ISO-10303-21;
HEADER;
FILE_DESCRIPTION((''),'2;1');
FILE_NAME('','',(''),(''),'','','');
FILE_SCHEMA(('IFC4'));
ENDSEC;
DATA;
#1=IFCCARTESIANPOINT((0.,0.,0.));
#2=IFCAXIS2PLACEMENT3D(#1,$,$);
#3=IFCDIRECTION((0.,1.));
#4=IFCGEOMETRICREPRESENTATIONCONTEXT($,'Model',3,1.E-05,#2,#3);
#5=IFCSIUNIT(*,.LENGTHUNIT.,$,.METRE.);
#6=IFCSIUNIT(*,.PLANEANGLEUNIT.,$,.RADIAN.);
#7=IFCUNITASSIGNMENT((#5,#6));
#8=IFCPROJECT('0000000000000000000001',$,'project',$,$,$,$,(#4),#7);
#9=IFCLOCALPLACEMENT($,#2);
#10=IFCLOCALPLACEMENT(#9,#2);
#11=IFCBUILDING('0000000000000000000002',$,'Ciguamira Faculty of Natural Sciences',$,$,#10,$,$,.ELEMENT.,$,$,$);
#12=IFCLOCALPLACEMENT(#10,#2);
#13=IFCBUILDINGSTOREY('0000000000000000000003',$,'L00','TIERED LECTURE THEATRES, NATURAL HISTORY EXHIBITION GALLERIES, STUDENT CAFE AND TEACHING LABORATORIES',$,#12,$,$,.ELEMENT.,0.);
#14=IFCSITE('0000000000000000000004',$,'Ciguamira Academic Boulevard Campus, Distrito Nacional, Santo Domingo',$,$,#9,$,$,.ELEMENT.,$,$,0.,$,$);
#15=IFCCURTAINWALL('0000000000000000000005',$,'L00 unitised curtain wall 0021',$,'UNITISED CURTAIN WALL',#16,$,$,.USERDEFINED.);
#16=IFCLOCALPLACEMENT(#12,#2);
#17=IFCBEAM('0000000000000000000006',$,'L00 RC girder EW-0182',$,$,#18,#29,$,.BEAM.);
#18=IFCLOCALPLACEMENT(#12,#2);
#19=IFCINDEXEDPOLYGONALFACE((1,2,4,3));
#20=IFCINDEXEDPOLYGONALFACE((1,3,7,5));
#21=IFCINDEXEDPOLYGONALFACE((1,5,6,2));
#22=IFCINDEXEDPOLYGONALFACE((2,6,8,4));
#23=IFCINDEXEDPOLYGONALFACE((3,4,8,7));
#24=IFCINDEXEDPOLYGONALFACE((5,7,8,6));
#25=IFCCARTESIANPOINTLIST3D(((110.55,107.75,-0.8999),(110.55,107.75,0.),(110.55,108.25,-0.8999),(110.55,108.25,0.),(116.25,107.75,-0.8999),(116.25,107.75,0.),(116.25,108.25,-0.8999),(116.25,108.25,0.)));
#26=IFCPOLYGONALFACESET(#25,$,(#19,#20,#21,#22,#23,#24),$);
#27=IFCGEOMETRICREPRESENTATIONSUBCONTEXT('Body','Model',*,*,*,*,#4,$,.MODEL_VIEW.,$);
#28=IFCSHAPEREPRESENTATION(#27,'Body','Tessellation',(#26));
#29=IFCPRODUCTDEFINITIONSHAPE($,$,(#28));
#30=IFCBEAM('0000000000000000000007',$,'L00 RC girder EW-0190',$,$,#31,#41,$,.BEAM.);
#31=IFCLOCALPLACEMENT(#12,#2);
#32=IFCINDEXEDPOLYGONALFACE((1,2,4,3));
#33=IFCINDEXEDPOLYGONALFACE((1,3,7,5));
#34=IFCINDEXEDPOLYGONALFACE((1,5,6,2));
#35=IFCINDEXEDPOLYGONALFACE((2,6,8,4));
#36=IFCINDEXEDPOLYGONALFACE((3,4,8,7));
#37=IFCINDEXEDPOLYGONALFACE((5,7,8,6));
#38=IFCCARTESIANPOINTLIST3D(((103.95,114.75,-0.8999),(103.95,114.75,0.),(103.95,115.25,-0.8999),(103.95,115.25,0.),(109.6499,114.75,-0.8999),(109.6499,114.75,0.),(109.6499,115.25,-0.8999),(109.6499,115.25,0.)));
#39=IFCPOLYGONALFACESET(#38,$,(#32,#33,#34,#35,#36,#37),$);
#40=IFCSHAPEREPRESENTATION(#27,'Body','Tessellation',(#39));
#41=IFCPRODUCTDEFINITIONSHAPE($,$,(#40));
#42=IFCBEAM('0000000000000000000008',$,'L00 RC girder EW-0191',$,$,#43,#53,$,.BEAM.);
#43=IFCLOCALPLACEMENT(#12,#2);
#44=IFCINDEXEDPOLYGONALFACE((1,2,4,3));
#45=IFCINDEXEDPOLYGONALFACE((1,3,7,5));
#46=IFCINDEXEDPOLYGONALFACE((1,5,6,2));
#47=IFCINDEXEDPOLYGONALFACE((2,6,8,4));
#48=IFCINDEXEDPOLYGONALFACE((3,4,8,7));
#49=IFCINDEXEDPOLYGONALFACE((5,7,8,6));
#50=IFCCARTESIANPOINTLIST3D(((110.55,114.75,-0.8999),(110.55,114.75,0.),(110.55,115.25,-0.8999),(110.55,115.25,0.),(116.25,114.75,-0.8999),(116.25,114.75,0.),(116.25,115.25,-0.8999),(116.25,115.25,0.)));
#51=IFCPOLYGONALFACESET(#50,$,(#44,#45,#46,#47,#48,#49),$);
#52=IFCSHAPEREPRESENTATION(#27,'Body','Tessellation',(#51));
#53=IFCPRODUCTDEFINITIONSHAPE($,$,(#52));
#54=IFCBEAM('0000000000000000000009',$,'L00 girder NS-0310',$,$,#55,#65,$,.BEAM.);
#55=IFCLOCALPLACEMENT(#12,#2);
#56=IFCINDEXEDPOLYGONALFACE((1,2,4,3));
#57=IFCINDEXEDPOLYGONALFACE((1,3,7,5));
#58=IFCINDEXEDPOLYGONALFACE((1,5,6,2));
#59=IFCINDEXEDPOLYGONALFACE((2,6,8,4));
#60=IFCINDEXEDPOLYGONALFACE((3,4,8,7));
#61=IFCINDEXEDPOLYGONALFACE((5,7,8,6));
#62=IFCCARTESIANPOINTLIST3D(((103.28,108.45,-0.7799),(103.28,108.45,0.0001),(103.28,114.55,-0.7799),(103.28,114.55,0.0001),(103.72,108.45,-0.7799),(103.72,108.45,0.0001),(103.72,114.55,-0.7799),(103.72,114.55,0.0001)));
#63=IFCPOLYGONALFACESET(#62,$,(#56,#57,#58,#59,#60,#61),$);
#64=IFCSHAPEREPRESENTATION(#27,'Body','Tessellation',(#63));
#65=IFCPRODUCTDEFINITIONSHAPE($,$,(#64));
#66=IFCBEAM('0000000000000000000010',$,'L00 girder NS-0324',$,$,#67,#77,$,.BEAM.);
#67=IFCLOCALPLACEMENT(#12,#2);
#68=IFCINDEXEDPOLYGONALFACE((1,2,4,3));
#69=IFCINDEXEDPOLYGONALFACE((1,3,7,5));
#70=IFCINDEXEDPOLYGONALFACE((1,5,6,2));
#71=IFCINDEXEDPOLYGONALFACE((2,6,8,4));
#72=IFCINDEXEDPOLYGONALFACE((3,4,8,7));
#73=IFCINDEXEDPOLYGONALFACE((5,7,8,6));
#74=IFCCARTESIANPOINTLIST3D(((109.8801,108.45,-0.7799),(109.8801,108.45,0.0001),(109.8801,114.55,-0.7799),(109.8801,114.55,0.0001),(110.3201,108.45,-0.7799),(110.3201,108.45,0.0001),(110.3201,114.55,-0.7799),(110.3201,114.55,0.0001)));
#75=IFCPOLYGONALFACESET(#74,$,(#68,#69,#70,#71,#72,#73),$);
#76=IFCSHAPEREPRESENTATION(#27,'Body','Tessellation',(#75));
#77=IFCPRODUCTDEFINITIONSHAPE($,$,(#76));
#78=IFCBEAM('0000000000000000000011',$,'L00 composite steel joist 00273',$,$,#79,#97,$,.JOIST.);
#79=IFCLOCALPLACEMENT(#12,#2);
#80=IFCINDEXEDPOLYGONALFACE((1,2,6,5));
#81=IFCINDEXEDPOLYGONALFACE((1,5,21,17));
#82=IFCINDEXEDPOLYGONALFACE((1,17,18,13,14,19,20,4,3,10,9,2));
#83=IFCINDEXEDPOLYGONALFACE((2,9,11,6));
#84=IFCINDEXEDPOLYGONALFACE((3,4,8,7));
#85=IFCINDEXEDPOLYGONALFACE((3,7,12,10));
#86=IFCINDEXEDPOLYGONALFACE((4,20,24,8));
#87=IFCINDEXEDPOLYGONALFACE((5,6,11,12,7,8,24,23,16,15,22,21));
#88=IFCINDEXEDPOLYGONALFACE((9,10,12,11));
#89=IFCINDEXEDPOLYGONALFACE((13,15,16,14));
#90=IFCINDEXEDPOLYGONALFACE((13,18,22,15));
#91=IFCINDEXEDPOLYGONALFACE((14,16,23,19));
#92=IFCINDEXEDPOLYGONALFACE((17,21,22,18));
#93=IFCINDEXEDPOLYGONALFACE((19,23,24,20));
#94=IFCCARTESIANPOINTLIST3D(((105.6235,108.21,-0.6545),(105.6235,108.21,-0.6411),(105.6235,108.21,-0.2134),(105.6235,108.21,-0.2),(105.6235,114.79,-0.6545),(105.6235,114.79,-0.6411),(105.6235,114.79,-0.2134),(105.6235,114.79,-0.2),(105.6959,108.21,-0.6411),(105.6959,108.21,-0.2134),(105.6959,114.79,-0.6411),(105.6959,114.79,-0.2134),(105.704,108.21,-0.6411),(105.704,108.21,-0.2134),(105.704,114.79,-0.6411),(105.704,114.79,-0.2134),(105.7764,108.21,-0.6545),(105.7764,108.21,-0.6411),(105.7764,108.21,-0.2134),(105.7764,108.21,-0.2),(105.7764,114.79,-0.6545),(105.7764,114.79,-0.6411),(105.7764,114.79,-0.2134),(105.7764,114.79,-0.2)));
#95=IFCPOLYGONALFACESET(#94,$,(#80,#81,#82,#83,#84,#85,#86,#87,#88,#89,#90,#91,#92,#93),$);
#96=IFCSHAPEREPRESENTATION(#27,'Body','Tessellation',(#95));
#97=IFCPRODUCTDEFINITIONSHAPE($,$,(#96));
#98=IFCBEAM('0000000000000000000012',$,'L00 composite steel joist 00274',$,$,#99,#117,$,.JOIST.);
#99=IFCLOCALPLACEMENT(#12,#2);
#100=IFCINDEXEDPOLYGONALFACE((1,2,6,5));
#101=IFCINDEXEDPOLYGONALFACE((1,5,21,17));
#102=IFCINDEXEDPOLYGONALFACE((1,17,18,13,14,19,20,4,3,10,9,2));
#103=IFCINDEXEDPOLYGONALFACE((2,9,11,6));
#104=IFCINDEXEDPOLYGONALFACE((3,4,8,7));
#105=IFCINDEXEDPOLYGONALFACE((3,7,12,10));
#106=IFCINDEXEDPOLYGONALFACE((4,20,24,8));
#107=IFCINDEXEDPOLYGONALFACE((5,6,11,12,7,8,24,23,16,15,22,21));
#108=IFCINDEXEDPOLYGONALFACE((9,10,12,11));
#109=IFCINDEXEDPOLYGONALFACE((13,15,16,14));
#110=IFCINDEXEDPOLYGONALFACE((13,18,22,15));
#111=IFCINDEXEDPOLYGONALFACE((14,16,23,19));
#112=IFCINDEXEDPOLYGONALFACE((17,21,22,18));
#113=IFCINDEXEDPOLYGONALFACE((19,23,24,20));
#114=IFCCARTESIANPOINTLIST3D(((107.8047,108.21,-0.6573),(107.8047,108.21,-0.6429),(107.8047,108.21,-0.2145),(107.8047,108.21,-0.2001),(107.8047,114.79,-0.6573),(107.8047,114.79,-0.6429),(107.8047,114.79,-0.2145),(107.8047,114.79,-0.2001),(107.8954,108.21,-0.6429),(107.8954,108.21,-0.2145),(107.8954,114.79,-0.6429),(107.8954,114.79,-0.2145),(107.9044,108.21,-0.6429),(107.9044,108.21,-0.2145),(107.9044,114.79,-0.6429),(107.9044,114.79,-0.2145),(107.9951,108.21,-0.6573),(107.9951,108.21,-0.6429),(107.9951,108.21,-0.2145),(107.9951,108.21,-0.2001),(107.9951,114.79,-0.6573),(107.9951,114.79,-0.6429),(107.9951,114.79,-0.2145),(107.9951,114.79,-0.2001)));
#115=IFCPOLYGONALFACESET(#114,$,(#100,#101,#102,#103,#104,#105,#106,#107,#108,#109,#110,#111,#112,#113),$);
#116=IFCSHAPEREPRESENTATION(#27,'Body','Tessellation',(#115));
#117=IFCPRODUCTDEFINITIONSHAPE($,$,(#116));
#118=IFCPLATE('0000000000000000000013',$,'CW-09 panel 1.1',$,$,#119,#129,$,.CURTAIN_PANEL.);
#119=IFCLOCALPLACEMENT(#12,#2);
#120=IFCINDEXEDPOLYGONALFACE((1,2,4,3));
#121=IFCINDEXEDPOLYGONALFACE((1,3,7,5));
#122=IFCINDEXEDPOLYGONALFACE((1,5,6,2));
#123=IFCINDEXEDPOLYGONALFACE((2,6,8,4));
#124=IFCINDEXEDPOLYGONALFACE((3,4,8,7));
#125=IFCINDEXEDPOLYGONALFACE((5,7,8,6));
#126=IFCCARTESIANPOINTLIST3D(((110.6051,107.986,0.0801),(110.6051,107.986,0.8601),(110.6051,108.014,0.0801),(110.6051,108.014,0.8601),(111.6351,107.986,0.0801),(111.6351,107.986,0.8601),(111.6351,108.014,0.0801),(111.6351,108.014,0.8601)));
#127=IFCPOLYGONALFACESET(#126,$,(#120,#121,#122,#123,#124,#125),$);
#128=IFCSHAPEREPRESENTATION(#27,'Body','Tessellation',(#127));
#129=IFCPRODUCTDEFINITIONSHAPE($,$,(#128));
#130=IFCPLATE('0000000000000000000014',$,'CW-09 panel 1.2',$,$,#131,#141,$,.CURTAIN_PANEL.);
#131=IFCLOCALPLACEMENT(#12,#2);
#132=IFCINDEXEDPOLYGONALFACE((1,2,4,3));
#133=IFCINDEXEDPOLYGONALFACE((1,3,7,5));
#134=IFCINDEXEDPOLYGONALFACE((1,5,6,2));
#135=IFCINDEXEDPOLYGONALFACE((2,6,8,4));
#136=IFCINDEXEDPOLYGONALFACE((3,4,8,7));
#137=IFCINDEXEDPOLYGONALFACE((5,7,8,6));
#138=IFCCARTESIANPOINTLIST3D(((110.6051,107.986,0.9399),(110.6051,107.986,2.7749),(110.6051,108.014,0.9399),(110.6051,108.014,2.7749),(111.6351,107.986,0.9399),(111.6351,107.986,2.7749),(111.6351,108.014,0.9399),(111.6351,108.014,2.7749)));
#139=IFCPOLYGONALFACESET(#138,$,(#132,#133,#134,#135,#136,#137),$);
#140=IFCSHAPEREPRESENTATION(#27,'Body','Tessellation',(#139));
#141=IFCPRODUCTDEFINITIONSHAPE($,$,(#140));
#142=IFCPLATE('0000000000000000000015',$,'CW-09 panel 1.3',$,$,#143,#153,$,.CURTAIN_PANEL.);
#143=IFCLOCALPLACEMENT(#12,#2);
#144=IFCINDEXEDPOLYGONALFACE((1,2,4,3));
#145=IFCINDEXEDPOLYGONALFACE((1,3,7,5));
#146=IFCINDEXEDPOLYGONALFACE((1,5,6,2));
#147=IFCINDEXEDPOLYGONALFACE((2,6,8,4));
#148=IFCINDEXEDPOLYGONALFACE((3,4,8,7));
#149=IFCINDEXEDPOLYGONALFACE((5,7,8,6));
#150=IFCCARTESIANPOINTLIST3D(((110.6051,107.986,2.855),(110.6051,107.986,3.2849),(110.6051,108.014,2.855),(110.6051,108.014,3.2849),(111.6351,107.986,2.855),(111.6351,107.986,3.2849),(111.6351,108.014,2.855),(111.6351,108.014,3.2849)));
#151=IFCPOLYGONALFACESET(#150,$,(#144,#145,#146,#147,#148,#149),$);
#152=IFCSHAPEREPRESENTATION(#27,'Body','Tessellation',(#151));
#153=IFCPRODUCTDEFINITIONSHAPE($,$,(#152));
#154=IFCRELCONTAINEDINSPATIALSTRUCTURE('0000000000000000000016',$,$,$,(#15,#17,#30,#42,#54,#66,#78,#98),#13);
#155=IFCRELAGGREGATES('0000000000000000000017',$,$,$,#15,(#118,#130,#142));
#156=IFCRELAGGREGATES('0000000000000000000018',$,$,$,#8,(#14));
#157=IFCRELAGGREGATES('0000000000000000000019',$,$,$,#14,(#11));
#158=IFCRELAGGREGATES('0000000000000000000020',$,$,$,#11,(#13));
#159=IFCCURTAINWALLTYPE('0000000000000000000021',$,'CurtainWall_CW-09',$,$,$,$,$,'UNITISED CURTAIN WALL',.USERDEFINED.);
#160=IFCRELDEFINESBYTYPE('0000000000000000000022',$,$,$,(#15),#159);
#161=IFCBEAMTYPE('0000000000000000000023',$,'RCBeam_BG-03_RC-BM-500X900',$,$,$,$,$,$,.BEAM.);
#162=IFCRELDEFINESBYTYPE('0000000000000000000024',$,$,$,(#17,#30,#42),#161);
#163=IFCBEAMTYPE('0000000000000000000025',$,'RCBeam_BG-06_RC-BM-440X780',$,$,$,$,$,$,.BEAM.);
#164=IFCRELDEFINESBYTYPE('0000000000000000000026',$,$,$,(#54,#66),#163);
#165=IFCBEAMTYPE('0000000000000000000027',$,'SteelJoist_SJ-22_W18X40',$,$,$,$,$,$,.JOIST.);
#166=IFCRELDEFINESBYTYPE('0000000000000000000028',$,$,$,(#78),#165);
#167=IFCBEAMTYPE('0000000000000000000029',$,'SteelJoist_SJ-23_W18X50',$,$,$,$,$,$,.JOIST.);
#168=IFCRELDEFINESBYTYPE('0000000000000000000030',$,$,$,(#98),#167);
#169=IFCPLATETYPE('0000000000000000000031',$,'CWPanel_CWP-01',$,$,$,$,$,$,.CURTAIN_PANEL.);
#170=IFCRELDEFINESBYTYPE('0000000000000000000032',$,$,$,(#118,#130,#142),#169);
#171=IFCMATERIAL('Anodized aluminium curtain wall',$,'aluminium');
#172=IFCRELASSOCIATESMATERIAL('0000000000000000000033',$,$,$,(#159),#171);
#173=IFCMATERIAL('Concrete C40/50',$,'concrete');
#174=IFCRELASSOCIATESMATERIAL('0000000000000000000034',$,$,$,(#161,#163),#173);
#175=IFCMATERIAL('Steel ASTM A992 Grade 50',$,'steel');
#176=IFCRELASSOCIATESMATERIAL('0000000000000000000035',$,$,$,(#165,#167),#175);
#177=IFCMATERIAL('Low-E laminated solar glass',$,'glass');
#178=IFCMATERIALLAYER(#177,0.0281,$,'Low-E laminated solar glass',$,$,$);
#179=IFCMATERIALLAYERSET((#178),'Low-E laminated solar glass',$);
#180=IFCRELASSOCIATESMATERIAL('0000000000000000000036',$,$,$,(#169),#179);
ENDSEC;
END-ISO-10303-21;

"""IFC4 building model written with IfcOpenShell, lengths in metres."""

from ifc_helpers import new_model, si_unit, direction, frame, origin, origin_2d, place, context, subcontext, project, spatial, rectangle, i_section, extrude, material, layer, layer_set, material_profile, profile_set, type_object, element, aggregate, save


model = new_model("IFC4")

# Units and contexts
model_context = context("Model", 3, precision=1e-05, world=origin(), true_north=direction((0.0, 1.0)))
body_context = subcontext(model_context, "Body", "Model", "MODEL_VIEW")
ifc_project = project(units=[si_unit("LENGTHUNIT", "METRE"), si_unit("PLANEANGLEUNIT", "RADIAN")], contexts=[model_context])

# Site, building, storey
site_placement = place(None, origin())
site = spatial("IfcSite", under=ifc_project, at=site_placement, Name="Ciguamira Academic Boulevard Campus, Distrito Nacional, Santo Domingo", CompositionType="ELEMENT", RefElevation=0.0)
building_placement = place(site_placement, origin())
building = spatial("IfcBuilding", under=site, at=building_placement, Name="Ciguamira Faculty of Natural Sciences", CompositionType="ELEMENT")
storey_placement = place(building_placement, origin())
storey = spatial("IfcBuildingStorey", under=building, at=storey_placement, Name="L00", Description="TIERED LECTURE THEATRES, NATURAL HISTORY EXHIBITION GALLERIES, STUDENT CAFE AND TEACHING LABORATORIES", CompositionType="ELEMENT", Elevation=0.0)

# Curtain wall
ifc_material_1 = material(Name="Anodized aluminium curtain wall", Category="aluminium")
curtain_wall_type = type_object("IfcCurtainWallType", Name="CurtainWall_CW-09", ElementType="UNITISED CURTAIN WALL", PredefinedType="USERDEFINED", material=ifc_material_1)
curtain_wall_placement = place(storey_placement, origin())
curtain_wall = element("IfcCurtainWall", 1, at=curtain_wall_placement, inside=storey, type_object=curtain_wall_type, Name="L00 unitised curtain wall 0021", ObjectType="UNITISED CURTAIN WALL", PredefinedType="USERDEFINED")

# Beams
ifc_material_2 = material(Name="Concrete C40/50", Category="concrete")
ifc_material_profile_1 = material_profile(ifc_material_2, rectangle(XDim=0.5, YDim=0.8999, at=origin_2d()), Name="RC-BM-500X900")
ifc_profile_set_1 = profile_set([ifc_material_profile_1], Name="Concrete C40/50")
beam_type_1 = type_object("IfcBeamType", Name="RCBeam_BG-03_RC-BM-500X900", PredefinedType="BEAM", material=ifc_profile_set_1)
for number, where, z_axis, x_axis, name in (
    (2, (110.55, 108.0, -0.45), (1.0, 0.0, 0.0), (0.0, 1.0, 0.0), "L00 RC girder EW-0182"),
    (3, (103.95, 115.0, -0.45), (1.0, 0.0, 0.0), (0.0, 1.0, 0.0), "L00 RC girder EW-0190"),
    (4, (110.55, 115.0, -0.45), (1.0, 0.0, 0.0), (0.0, 1.0, 0.0), "L00 RC girder EW-0191"),
):
    element("IfcBeam", number, at=place(storey_placement, frame(where, z_axis=z_axis, x_axis=x_axis)), inside=storey, type_object=beam_type_1, Name=name, PredefinedType="BEAM", context=body_context, shape_type="SweptSolid", body=[
        extrude(rectangle(XDim=0.5, YDim=0.8999, at=origin_2d()), origin(), (0.0, 0.0, 1.0), 5.7),
    ])
ifc_material_profile_2 = material_profile(ifc_material_2, rectangle(XDim=0.4399, YDim=0.78, at=origin_2d()), Name="RC-BM-440X780")
ifc_profile_set_2 = profile_set([ifc_material_profile_2], Name="Concrete C40/50")
beam_type_2 = type_object("IfcBeamType", Name="RCBeam_BG-06_RC-BM-440X780", PredefinedType="BEAM", material=ifc_profile_set_2)
for number, where, z_axis, x_axis, name in (
    (5, (103.5, 108.45, -0.3899), (0.0, 1.0, 0.0), (-1.0, 0.0, 0.0), "L00 girder NS-0310"),
    (6, (110.1001, 108.45, -0.3899), (0.0, 1.0, 0.0), (-1.0, 0.0, 0.0), "L00 girder NS-0324"),
):
    element("IfcBeam", number, at=place(storey_placement, frame(where, z_axis=z_axis, x_axis=x_axis)), inside=storey, type_object=beam_type_2, Name=name, PredefinedType="BEAM", context=body_context, shape_type="SweptSolid", body=[
        extrude(rectangle(XDim=0.4399, YDim=0.78, at=origin_2d()), origin(), (0.0, 0.0, 1.0), 6.1001),
    ])
ifc_material_3 = material(Name="Steel ASTM A992 Grade 50", Category="steel")
ifc_material_profile_3 = material_profile(ifc_material_3, i_section(OverallWidth=0.1528, OverallDepth=0.4546, WebThickness=0.0081, FlangeThickness=0.0134, at=origin_2d()), Name="W18X40")
ifc_profile_set_3 = profile_set([ifc_material_profile_3], Name="Steel ASTM A992 Grade 50")
beam_type_3 = type_object("IfcBeamType", Name="SteelJoist_SJ-22_W18X40", PredefinedType="JOIST", material=ifc_profile_set_3)
beam_1_placement = place(storey_placement, frame((105.7, 108.21, -0.4272), z_axis=(0.0, 1.0, 0.0), x_axis=(-1.0, 0.0, 0.0)))
element("IfcBeam", 7, at=beam_1_placement, inside=storey, type_object=beam_type_3, Name="L00 composite steel joist 00273", PredefinedType="JOIST", context=body_context, shape_type="SweptSolid", body=[
    extrude(i_section(OverallWidth=0.1528, OverallDepth=0.4546, WebThickness=0.0081, FlangeThickness=0.0134, at=origin_2d()), origin(), (0.0, 0.0, 1.0), 6.5801),
])
ifc_material_profile_4 = material_profile(ifc_material_3, i_section(OverallWidth=0.1904, OverallDepth=0.4573, WebThickness=0.009, FlangeThickness=0.0144, at=origin_2d()), Name="W18X50")
ifc_profile_set_4 = profile_set([ifc_material_profile_4], Name="Steel ASTM A992 Grade 50")
beam_type_4 = type_object("IfcBeamType", Name="SteelJoist_SJ-23_W18X50", PredefinedType="JOIST", material=ifc_profile_set_4)
beam_2_placement = place(storey_placement, frame((107.8999, 108.21, -0.4287), z_axis=(0.0, 1.0, 0.0), x_axis=(-1.0, 0.0, 0.0)))
element("IfcBeam", 8, at=beam_2_placement, inside=storey, type_object=beam_type_4, Name="L00 composite steel joist 00274", PredefinedType="JOIST", context=body_context, shape_type="SweptSolid", body=[
    extrude(i_section(OverallWidth=0.1904, OverallDepth=0.4573, WebThickness=0.009, FlangeThickness=0.0144, at=origin_2d()), origin(), (0.0, 0.0, 1.0), 6.5801),
])

# Plates
ifc_material_4 = material(Name="Low-E laminated solar glass", Category="glass")
ifc_layer = layer(ifc_material_4, 0.0281, Name="Low-E laminated solar glass")
ifc_layer_set = layer_set([ifc_layer], Name="Low-E laminated solar glass")
plate_type = type_object("IfcPlateType", Name="CWPanel_CWP-01", PredefinedType="CURTAIN_PANEL", material=ifc_layer_set)
plate_1_placement = place(storey_placement, frame((111.1201, 108.0, 0.0801), z_axis=(0.0, 0.0, 1.0), x_axis=(1.0, 0.0, 0.0)))
plate_1 = element("IfcPlate", 9, at=plate_1_placement, type_object=plate_type, Name="CW-09 panel 1.1", PredefinedType="CURTAIN_PANEL", context=body_context, shape_type="SweptSolid", body=[
    extrude(rectangle(XDim=1.03, YDim=0.0281, at=origin_2d()), origin(), (0.0, 0.0, 1.0), 0.78),
])
plate_2_placement = place(storey_placement, frame((111.1201, 108.0, 0.9399), z_axis=(0.0, 0.0, 1.0), x_axis=(1.0, 0.0, 0.0)))
plate_2 = element("IfcPlate", 10, at=plate_2_placement, type_object=plate_type, Name="CW-09 panel 1.2", PredefinedType="CURTAIN_PANEL", context=body_context, shape_type="SweptSolid", body=[
    extrude(rectangle(XDim=1.03, YDim=0.0281, at=origin_2d()), origin(), (0.0, 0.0, 1.0), 1.835),
])
plate_3_placement = place(storey_placement, frame((111.1201, 108.0, 2.855), z_axis=(0.0, 0.0, 1.0), x_axis=(1.0, 0.0, 0.0)))
plate_3 = element("IfcPlate", 11, at=plate_3_placement, type_object=plate_type, Name="CW-09 panel 1.3", PredefinedType="CURTAIN_PANEL", context=body_context, shape_type="SweptSolid", body=[
    extrude(rectangle(XDim=1.03, YDim=0.0281, at=origin_2d()), origin(), (0.0, 0.0, 1.0), 0.4299),
])
aggregate(curtain_wall, [plate_1, plate_2, plate_3])

save(model, "model.ifc")
